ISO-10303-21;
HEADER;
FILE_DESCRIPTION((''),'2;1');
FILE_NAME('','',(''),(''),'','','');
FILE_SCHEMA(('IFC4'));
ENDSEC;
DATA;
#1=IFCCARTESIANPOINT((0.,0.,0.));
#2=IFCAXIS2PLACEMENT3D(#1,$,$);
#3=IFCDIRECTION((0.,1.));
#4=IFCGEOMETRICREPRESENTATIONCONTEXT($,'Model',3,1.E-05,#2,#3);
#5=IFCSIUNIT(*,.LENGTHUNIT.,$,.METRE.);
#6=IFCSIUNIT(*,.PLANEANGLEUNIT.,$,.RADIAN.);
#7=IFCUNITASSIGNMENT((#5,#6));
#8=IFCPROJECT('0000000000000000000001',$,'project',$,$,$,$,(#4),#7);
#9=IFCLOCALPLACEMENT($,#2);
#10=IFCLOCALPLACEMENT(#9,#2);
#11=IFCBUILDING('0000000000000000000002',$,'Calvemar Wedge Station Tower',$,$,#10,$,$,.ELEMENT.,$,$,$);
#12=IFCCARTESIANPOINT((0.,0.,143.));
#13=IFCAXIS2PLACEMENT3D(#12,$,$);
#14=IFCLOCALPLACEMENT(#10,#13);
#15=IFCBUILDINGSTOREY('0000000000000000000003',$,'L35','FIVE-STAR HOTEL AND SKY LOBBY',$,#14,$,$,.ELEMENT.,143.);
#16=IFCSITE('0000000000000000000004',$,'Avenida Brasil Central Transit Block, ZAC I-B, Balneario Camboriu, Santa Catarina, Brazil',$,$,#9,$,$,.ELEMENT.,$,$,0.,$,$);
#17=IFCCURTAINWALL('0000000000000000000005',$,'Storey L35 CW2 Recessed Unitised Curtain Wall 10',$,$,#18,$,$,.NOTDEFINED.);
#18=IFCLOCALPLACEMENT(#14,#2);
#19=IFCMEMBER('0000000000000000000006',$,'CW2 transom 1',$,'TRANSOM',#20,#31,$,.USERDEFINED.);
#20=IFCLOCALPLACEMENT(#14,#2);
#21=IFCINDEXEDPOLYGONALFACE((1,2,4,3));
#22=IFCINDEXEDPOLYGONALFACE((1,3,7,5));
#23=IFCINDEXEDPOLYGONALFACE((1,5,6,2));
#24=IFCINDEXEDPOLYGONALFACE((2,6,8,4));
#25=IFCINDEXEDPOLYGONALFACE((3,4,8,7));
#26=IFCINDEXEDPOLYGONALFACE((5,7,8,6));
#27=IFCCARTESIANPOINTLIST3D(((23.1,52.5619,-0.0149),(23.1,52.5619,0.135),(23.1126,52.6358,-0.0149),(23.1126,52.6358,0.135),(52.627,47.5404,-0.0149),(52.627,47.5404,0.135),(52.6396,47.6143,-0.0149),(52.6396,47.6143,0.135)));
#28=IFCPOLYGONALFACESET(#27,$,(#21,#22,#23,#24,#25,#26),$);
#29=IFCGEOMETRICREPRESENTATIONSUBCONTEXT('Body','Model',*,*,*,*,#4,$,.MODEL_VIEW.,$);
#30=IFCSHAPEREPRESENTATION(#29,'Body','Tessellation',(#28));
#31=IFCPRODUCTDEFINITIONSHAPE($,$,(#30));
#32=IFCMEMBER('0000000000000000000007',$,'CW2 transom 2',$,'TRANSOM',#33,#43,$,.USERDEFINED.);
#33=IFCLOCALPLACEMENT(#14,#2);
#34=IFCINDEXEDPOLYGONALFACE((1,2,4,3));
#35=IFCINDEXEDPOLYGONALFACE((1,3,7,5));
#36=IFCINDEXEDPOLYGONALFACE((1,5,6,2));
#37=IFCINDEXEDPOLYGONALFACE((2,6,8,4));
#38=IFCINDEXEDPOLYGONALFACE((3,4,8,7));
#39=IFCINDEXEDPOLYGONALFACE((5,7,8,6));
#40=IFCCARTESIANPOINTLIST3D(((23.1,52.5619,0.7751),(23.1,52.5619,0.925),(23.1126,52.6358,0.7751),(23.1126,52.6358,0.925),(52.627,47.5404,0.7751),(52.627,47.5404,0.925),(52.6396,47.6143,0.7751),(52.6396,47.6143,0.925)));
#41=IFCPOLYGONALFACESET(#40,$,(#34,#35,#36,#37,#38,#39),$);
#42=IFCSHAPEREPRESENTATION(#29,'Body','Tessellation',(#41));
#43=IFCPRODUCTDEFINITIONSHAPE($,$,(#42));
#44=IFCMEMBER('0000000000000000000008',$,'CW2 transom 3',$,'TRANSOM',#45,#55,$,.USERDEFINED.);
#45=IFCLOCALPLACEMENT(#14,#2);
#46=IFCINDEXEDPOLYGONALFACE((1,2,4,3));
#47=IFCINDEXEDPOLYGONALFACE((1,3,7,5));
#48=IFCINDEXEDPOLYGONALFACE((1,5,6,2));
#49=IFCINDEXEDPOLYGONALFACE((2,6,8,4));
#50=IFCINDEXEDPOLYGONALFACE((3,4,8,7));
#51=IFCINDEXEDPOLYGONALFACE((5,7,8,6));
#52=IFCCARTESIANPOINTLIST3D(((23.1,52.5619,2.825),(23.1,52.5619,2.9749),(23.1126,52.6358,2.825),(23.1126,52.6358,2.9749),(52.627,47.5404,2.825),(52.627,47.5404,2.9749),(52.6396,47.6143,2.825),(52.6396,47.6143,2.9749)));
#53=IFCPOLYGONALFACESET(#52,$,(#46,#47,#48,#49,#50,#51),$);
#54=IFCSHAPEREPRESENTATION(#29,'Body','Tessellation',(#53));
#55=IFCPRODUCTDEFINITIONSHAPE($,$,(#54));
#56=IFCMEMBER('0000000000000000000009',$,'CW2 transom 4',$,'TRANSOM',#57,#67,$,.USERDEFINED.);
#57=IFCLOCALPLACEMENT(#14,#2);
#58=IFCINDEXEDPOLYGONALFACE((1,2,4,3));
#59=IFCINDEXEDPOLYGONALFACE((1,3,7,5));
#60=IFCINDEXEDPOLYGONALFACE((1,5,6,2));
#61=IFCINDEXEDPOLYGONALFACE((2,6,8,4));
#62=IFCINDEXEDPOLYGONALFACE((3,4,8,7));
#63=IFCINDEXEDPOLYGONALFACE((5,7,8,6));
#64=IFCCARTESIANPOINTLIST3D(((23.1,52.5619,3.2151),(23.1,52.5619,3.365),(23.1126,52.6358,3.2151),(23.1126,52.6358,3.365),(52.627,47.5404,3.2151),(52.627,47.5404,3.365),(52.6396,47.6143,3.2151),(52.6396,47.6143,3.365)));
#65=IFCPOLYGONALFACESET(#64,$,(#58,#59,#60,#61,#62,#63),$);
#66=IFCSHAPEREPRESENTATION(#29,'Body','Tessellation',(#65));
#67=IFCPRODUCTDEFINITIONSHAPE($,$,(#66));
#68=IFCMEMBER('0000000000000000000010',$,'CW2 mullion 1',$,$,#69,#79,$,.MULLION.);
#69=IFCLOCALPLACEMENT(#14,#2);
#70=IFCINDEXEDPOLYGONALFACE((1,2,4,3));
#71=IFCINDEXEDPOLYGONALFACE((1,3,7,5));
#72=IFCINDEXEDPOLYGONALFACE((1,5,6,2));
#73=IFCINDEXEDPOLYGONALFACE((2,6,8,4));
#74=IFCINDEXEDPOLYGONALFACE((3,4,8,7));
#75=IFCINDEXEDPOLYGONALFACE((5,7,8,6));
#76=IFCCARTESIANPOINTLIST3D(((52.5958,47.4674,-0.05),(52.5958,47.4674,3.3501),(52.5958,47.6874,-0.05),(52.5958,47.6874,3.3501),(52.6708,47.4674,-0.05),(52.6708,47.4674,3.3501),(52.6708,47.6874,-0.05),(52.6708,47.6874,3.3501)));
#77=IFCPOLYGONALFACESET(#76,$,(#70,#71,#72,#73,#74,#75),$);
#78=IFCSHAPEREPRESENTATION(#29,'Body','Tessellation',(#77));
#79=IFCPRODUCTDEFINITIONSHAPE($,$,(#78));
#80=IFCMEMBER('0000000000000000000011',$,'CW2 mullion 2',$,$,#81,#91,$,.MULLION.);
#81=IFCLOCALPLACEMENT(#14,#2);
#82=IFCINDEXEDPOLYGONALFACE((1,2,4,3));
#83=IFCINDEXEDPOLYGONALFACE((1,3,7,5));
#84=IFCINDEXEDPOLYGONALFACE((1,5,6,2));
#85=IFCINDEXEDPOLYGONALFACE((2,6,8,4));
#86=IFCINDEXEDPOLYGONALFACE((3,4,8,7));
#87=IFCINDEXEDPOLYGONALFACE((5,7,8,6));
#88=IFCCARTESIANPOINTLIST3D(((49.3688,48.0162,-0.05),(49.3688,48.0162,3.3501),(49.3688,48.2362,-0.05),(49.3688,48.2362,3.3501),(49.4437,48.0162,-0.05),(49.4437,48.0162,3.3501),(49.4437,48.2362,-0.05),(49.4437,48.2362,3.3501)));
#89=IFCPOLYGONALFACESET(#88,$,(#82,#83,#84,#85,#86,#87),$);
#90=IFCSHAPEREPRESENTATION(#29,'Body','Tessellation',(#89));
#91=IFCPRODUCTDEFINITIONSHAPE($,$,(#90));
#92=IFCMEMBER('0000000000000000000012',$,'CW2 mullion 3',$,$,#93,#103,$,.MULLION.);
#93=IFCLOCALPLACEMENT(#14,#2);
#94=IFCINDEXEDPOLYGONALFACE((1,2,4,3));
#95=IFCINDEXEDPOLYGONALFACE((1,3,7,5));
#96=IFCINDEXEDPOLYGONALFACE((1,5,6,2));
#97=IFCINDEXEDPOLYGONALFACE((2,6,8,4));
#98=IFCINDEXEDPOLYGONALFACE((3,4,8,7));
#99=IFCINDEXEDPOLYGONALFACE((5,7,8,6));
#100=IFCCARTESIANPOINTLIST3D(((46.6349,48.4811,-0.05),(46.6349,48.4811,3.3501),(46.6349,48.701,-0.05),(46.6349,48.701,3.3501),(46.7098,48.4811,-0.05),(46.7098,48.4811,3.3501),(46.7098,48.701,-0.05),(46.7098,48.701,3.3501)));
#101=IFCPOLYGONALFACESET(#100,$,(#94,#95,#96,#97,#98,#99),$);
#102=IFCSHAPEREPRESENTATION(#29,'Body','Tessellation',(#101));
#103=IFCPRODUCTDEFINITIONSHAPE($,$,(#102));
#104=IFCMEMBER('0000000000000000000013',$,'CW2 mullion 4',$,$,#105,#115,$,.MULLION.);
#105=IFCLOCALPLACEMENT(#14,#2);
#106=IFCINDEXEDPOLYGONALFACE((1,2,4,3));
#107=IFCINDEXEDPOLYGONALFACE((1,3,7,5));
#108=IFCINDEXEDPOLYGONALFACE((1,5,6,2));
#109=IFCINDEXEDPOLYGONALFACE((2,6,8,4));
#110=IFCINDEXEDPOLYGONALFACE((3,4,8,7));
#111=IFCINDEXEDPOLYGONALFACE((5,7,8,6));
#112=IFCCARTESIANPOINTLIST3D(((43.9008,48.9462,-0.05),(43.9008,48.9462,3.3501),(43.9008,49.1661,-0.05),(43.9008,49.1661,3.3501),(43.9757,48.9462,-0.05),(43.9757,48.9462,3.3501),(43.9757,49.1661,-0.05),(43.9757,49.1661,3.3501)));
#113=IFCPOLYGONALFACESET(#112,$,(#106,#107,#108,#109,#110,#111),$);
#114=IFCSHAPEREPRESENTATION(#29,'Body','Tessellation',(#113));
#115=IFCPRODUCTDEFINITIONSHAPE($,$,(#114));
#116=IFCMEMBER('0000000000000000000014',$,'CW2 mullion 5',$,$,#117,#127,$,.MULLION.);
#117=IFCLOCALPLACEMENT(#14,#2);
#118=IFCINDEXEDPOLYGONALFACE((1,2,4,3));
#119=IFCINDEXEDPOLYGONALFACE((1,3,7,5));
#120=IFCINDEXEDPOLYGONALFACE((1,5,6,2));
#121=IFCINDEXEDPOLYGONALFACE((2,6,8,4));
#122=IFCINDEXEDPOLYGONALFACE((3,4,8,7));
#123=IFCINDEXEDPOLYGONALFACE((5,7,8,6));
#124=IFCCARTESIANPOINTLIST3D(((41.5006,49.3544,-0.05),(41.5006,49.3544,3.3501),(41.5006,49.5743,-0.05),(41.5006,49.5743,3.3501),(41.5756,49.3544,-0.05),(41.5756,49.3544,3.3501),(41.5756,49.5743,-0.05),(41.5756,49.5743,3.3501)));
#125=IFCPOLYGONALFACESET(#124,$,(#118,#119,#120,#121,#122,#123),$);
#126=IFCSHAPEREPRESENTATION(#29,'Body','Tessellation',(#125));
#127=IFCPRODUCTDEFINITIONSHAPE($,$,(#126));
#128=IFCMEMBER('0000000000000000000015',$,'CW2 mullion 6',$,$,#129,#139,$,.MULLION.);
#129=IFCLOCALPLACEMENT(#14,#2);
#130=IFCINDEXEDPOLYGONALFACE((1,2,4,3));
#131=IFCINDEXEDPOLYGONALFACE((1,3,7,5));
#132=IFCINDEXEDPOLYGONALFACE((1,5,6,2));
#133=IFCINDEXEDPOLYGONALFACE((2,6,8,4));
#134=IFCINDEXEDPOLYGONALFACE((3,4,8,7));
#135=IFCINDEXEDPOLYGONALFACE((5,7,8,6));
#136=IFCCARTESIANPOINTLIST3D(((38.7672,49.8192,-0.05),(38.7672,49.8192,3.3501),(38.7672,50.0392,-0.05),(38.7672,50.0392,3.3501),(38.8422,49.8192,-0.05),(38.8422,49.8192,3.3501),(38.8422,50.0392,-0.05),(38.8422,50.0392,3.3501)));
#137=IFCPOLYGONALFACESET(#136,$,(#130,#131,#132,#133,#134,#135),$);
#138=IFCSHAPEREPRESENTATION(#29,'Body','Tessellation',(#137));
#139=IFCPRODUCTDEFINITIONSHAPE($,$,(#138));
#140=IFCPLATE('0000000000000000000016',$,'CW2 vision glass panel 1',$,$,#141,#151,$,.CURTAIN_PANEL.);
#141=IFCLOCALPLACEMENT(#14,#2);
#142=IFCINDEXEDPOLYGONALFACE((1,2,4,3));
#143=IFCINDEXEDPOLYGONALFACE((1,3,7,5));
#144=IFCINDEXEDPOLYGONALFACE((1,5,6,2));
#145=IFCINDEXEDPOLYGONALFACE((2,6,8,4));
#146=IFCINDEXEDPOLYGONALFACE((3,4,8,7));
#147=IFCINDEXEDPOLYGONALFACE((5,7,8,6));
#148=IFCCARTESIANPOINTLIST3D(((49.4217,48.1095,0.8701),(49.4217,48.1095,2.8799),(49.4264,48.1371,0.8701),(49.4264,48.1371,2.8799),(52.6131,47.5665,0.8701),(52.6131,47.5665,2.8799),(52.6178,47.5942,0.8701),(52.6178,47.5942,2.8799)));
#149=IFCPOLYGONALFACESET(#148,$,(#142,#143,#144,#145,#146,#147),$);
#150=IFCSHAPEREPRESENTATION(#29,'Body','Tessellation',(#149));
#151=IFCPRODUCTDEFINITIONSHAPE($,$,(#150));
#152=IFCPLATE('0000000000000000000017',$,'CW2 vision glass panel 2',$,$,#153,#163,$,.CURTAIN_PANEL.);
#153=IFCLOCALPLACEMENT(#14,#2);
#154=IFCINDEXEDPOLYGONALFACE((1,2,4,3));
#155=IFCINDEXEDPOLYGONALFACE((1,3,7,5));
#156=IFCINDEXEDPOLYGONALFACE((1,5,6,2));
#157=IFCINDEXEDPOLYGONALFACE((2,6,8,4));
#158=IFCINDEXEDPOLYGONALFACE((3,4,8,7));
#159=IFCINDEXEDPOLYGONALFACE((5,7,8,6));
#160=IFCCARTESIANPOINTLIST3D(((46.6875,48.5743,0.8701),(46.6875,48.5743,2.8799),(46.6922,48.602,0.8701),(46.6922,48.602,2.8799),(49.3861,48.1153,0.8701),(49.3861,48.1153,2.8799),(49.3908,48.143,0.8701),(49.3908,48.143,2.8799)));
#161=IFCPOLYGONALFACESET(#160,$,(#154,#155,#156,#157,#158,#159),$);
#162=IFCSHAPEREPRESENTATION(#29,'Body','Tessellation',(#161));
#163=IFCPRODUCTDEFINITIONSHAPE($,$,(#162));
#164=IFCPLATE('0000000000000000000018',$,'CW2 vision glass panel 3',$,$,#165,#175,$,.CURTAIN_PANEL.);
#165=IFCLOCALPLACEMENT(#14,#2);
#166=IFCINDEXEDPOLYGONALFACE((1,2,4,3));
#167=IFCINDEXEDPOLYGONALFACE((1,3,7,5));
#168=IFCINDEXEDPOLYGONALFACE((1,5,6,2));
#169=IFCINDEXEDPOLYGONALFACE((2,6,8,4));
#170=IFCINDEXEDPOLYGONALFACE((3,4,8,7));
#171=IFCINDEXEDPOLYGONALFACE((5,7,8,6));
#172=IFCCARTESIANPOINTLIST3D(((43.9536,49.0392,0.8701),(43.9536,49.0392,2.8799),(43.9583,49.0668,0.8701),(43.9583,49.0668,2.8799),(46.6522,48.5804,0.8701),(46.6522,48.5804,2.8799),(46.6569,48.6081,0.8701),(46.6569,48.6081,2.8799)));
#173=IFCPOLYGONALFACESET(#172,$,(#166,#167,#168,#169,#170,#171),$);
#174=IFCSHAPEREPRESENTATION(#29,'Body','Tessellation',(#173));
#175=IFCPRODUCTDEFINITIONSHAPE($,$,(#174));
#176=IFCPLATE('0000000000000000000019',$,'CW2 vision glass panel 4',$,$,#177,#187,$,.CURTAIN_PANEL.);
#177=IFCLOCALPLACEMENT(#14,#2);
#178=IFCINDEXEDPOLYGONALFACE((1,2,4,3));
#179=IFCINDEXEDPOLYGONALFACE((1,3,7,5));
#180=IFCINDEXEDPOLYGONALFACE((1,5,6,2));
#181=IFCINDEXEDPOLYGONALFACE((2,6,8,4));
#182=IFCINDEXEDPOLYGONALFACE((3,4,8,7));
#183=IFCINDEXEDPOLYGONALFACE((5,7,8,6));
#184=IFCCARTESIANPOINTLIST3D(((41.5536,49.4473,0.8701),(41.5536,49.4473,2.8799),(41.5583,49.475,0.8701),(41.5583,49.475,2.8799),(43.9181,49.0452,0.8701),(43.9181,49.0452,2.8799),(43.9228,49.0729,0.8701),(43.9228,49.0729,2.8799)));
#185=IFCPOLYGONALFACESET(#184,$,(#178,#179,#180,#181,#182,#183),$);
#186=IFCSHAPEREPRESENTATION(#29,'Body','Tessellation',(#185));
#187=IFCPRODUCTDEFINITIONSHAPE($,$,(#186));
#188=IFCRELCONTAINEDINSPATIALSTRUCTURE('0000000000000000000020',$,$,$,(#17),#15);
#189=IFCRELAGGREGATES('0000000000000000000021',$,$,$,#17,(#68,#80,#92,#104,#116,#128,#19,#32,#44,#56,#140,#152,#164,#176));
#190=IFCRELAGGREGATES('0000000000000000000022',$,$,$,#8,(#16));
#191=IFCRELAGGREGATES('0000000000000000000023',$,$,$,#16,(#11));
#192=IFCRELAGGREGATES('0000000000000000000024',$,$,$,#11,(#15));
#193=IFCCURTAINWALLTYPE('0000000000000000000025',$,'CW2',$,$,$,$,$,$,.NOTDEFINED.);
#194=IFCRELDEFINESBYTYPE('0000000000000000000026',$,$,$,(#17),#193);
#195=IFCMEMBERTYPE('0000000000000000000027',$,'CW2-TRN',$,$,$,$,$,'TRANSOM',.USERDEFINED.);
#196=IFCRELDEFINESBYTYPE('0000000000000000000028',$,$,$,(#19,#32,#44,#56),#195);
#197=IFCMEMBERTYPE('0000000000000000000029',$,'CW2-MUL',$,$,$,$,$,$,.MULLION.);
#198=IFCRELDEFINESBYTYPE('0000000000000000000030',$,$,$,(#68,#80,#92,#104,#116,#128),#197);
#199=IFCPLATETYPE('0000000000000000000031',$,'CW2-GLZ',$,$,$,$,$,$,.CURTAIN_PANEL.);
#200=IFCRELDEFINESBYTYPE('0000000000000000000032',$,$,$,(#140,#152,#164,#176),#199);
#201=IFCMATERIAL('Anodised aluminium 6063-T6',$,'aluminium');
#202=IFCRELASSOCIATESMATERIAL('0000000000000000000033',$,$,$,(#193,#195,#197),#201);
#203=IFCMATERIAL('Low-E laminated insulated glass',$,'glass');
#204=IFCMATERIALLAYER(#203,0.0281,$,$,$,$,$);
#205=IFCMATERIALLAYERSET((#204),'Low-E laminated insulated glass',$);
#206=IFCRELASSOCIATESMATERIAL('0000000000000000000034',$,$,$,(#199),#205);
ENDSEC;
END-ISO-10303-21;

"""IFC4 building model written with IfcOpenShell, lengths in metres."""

from ifc_helpers import new_model, si_unit, direction, frame, frame_2d, origin, origin_2d, place, context, subcontext, project, spatial, rectangle, extrude, source, transform, mapped, material, layer, layer_set, material_profile, profile_set, type_object, element, aggregate, save


model = new_model("IFC4")

# Units and contexts
model_context = context("Model", 3, precision=1e-05, world=origin(), true_north=direction((0.0, 1.0)))
body_context = subcontext(model_context, "Body", "Model", "MODEL_VIEW")
ifc_project = project(units=[si_unit("LENGTHUNIT", "METRE"), si_unit("PLANEANGLEUNIT", "RADIAN")], contexts=[model_context])

# Site, building, storey
site_placement = place(None, origin())
site = spatial("IfcSite", under=ifc_project, at=site_placement, Name="Avenida Brasil Central Transit Block, ZAC I-B, Balneario Camboriu, Santa Catarina, Brazil", CompositionType="ELEMENT", RefElevation=0.0)
building_placement = place(site_placement, origin())
building = spatial("IfcBuilding", under=site, at=building_placement, Name="Calvemar Wedge Station Tower", CompositionType="ELEMENT")
storey_placement = place(building_placement, frame((0.0, 0.0, 143.0)))
storey = spatial("IfcBuildingStorey", under=building, at=storey_placement, Name="L35", Description="FIVE-STAR HOTEL AND SKY LOBBY", CompositionType="ELEMENT", Elevation=143.0)

# Curtain wall, members, plates
ifc_material_1 = material(Name="Anodised aluminium 6063-T6", Category="aluminium")
curtain_wall_type = type_object("IfcCurtainWallType", Name="CW2", PredefinedType="NOTDEFINED", material=ifc_material_1)
curtain_wall_placement = place(storey_placement, origin())
curtain_wall = element("IfcCurtainWall", 1, at=curtain_wall_placement, inside=storey, type_object=curtain_wall_type, Name="Storey L35 CW2 Recessed Unitised Curtain Wall 10", PredefinedType="NOTDEFINED")
ifc_material_profile_1 = material_profile(ifc_material_1, rectangle(XDim=0.075, YDim=0.1499, at=origin_2d()), Name="AL-TRN-75x150")
ifc_profile_set_1 = profile_set([ifc_material_profile_1], Name="Anodised aluminium 6063-T6")
member_type_1 = type_object("IfcMemberType", Name="CW2-TRN", ElementType="TRANSOM", PredefinedType="USERDEFINED", material=ifc_profile_set_1)
shared_shape_1 = source(origin(), body_context, "Body", "SweptSolid", [
    extrude(rectangle(XDim=0.075, YDim=0.1499, at=origin_2d()), origin(), (0.0, 0.0, 1.0), 29.9509),
])
member_1_placement = place(storey_placement, frame((52.6333, 47.5774, 0.0601), z_axis=(-0.985845, 0.167656, 0.0), x_axis=(-0.167656, -0.985845, 0.0)))
member_1 = element("IfcMember", 2, at=member_1_placement, type_object=member_type_1, Name="CW2 transom 1", ObjectType="TRANSOM", PredefinedType="USERDEFINED", context=body_context, shape_type="MappedRepresentation", body=[
    mapped(shared_shape_1, transform((0.0, 0.0, 0.0), scale=1.0)),
])
member_2_placement = place(storey_placement, frame((52.6333, 47.5774, 0.8501), z_axis=(-0.985845, 0.167656, 0.0), x_axis=(-0.167656, -0.985845, 0.0)))
member_2 = element("IfcMember", 3, at=member_2_placement, type_object=member_type_1, Name="CW2 transom 2", ObjectType="TRANSOM", PredefinedType="USERDEFINED", context=body_context, shape_type="MappedRepresentation", body=[
    mapped(shared_shape_1, transform((0.0, 0.0, 0.0), scale=1.0)),
])
member_3_placement = place(storey_placement, frame((52.6333, 47.5774, 2.8999), z_axis=(-0.985845, 0.167656, 0.0), x_axis=(-0.167656, -0.985845, 0.0)))
member_3 = element("IfcMember", 4, at=member_3_placement, type_object=member_type_1, Name="CW2 transom 3", ObjectType="TRANSOM", PredefinedType="USERDEFINED", context=body_context, shape_type="MappedRepresentation", body=[
    mapped(shared_shape_1, transform((0.0, 0.0, 0.0), scale=1.0)),
])
member_4_placement = place(storey_placement, frame((52.6333, 47.5774, 3.29), z_axis=(-0.985845, 0.167656, 0.0), x_axis=(-0.167656, -0.985845, 0.0)))
member_4 = element("IfcMember", 5, at=member_4_placement, type_object=member_type_1, Name="CW2 transom 4", ObjectType="TRANSOM", PredefinedType="USERDEFINED", context=body_context, shape_type="MappedRepresentation", body=[
    mapped(shared_shape_1, transform((0.0, 0.0, 0.0), scale=1.0)),
])
ifc_material_profile_2 = material_profile(ifc_material_1, rectangle(XDim=0.075, YDim=0.22, at=origin_2d()), Name="AL-MUL-75x220")
ifc_profile_set_2 = profile_set([ifc_material_profile_2], Name="Anodised aluminium 6063-T6")
member_type_2 = type_object("IfcMemberType", Name="CW2-MUL", PredefinedType="MULLION", material=ifc_profile_set_2)
shared_shape_2 = source(origin(), body_context, "Body", "SweptSolid", [
    extrude(rectangle(XDim=0.075, YDim=0.22, at=origin_2d()), origin(), (0.0, 0.0, 1.0), 3.4001),
])
member_5_placement = place(storey_placement, frame((52.6333, 47.5774, -0.05), z_axis=(0.0, 0.0, 1.0), x_axis=(1.0, 0.0, 0.0)))
member_5 = element("IfcMember", 6, at=member_5_placement, type_object=member_type_2, Name="CW2 mullion 1", PredefinedType="MULLION", context=body_context, shape_type="MappedRepresentation", body=[
    mapped(shared_shape_2, transform((0.0, 0.0, 0.0), scale=1.0)),
])
member_6_placement = place(storey_placement, frame((49.4062, 48.1262, -0.05), z_axis=(0.0, 0.0, 1.0), x_axis=(1.0, 0.0, 0.0)))
member_6 = element("IfcMember", 7, at=member_6_placement, type_object=member_type_2, Name="CW2 mullion 2", PredefinedType="MULLION", context=body_context, shape_type="MappedRepresentation", body=[
    mapped(shared_shape_2, transform((0.0, 0.0, 0.0), scale=1.0)),
])
member_7_placement = place(storey_placement, frame((46.6724, 48.5911, -0.05), z_axis=(0.0, 0.0, 1.0), x_axis=(1.0, 0.0, 0.0)))
member_7 = element("IfcMember", 8, at=member_7_placement, type_object=member_type_2, Name="CW2 mullion 3", PredefinedType="MULLION", context=body_context, shape_type="MappedRepresentation", body=[
    mapped(shared_shape_2, transform((0.0, 0.0, 0.0), scale=1.0)),
])
member_8_placement = place(storey_placement, frame((43.9382, 49.0562, -0.05), z_axis=(0.0, 0.0, 1.0), x_axis=(1.0, 0.0, 0.0)))
member_8 = element("IfcMember", 9, at=member_8_placement, type_object=member_type_2, Name="CW2 mullion 4", PredefinedType="MULLION", context=body_context, shape_type="MappedRepresentation", body=[
    mapped(shared_shape_2, transform((0.0, 0.0, 0.0), scale=1.0)),
])
member_9_placement = place(storey_placement, frame((41.5381, 49.4644, -0.05), z_axis=(0.0, 0.0, 1.0), x_axis=(1.0, 0.0, 0.0)))
member_9 = element("IfcMember", 10, at=member_9_placement, type_object=member_type_2, Name="CW2 mullion 5", PredefinedType="MULLION", context=body_context, shape_type="MappedRepresentation", body=[
    mapped(shared_shape_2, transform((0.0, 0.0, 0.0), scale=1.0)),
])
member_10_placement = place(storey_placement, frame((38.8047, 49.9292, -0.05), z_axis=(0.0, 0.0, 1.0), x_axis=(1.0, 0.0, 0.0)))
member_10 = element("IfcMember", 11, at=member_10_placement, type_object=member_type_2, Name="CW2 mullion 6", PredefinedType="MULLION", context=body_context, shape_type="MappedRepresentation", body=[
    mapped(shared_shape_2, transform((0.0, 0.0, 0.0), scale=1.0)),
])
ifc_material_2 = material(Name="Low-E laminated insulated glass", Category="glass")
ifc_layer_1 = layer(ifc_material_2, 0.0281)
ifc_layer_set_1 = layer_set([ifc_layer_1], Name="Low-E laminated insulated glass")
plate_type_1 = type_object("IfcPlateType", Name="CW2-GLZ", PredefinedType="CURTAIN_PANEL", material=ifc_layer_set_1)
plate_1_placement = place(storey_placement, frame((52.6155, 47.5803, 0.8701), z_axis=(0.0, 0.0, 1.0), x_axis=(-0.985834, 0.167724, 0.0)))
plate_1 = element("IfcPlate", 12, at=plate_1_placement, type_object=plate_type_1, Name="CW2 vision glass panel 1", PredefinedType="CURTAIN_PANEL", context=body_context, shape_type="SweptSolid", body=[
    extrude(rectangle(XDim=3.2373, YDim=0.0281, at=frame_2d((1.6187, 0.0))), origin(), (0.0, 0.0, 1.0), 2.0098),
])
plate_2_placement = place(storey_placement, frame((49.3884, 48.1292, 0.8701), z_axis=(0.0, 0.0, 1.0), x_axis=(-0.985841, 0.167681, 0.0)))
plate_2 = element("IfcPlate", 13, at=plate_2_placement, type_object=plate_type_1, Name="CW2 vision glass panel 2", PredefinedType="CURTAIN_PANEL", context=body_context, shape_type="SweptSolid", body=[
    extrude(rectangle(XDim=2.7373, YDim=0.0281, at=frame_2d((1.3687, 0.0))), origin(), (0.0, 0.0, 1.0), 2.0098),
])
plate_3_placement = place(storey_placement, frame((46.6545, 48.5942, 0.8701), z_axis=(0.0, 0.0, 1.0), x_axis=(-0.985856, 0.167595, 0.0)))
plate_3 = element("IfcPlate", 14, at=plate_3_placement, type_object=plate_type_1, Name="CW2 vision glass panel 3", PredefinedType="CURTAIN_PANEL", context=body_context, shape_type="SweptSolid", body=[
    extrude(rectangle(XDim=2.7373, YDim=0.0281, at=frame_2d((1.3687, 0.0))), origin(), (0.0, 0.0, 1.0), 2.0098),
])
plate_4_placement = place(storey_placement, frame((43.9204, 49.0591, 0.8701), z_axis=(0.0, 0.0, 1.0), x_axis=(-0.985847, 0.16765, 0.0)))
plate_4 = element("IfcPlate", 15, at=plate_4_placement, type_object=plate_type_1, Name="CW2 vision glass panel 4", PredefinedType="CURTAIN_PANEL", context=body_context, shape_type="SweptSolid", body=[
    extrude(rectangle(XDim=2.3984, YDim=0.0281, at=frame_2d((1.1992, 0.0))), origin(), (0.0, 0.0, 1.0), 2.0098),
])
aggregate(curtain_wall, [member_5, member_6, member_7, member_8, member_9, member_10, member_1, member_2, member_3, member_4, plate_1, plate_2, plate_3, plate_4])

save(model, "model.ifc")
